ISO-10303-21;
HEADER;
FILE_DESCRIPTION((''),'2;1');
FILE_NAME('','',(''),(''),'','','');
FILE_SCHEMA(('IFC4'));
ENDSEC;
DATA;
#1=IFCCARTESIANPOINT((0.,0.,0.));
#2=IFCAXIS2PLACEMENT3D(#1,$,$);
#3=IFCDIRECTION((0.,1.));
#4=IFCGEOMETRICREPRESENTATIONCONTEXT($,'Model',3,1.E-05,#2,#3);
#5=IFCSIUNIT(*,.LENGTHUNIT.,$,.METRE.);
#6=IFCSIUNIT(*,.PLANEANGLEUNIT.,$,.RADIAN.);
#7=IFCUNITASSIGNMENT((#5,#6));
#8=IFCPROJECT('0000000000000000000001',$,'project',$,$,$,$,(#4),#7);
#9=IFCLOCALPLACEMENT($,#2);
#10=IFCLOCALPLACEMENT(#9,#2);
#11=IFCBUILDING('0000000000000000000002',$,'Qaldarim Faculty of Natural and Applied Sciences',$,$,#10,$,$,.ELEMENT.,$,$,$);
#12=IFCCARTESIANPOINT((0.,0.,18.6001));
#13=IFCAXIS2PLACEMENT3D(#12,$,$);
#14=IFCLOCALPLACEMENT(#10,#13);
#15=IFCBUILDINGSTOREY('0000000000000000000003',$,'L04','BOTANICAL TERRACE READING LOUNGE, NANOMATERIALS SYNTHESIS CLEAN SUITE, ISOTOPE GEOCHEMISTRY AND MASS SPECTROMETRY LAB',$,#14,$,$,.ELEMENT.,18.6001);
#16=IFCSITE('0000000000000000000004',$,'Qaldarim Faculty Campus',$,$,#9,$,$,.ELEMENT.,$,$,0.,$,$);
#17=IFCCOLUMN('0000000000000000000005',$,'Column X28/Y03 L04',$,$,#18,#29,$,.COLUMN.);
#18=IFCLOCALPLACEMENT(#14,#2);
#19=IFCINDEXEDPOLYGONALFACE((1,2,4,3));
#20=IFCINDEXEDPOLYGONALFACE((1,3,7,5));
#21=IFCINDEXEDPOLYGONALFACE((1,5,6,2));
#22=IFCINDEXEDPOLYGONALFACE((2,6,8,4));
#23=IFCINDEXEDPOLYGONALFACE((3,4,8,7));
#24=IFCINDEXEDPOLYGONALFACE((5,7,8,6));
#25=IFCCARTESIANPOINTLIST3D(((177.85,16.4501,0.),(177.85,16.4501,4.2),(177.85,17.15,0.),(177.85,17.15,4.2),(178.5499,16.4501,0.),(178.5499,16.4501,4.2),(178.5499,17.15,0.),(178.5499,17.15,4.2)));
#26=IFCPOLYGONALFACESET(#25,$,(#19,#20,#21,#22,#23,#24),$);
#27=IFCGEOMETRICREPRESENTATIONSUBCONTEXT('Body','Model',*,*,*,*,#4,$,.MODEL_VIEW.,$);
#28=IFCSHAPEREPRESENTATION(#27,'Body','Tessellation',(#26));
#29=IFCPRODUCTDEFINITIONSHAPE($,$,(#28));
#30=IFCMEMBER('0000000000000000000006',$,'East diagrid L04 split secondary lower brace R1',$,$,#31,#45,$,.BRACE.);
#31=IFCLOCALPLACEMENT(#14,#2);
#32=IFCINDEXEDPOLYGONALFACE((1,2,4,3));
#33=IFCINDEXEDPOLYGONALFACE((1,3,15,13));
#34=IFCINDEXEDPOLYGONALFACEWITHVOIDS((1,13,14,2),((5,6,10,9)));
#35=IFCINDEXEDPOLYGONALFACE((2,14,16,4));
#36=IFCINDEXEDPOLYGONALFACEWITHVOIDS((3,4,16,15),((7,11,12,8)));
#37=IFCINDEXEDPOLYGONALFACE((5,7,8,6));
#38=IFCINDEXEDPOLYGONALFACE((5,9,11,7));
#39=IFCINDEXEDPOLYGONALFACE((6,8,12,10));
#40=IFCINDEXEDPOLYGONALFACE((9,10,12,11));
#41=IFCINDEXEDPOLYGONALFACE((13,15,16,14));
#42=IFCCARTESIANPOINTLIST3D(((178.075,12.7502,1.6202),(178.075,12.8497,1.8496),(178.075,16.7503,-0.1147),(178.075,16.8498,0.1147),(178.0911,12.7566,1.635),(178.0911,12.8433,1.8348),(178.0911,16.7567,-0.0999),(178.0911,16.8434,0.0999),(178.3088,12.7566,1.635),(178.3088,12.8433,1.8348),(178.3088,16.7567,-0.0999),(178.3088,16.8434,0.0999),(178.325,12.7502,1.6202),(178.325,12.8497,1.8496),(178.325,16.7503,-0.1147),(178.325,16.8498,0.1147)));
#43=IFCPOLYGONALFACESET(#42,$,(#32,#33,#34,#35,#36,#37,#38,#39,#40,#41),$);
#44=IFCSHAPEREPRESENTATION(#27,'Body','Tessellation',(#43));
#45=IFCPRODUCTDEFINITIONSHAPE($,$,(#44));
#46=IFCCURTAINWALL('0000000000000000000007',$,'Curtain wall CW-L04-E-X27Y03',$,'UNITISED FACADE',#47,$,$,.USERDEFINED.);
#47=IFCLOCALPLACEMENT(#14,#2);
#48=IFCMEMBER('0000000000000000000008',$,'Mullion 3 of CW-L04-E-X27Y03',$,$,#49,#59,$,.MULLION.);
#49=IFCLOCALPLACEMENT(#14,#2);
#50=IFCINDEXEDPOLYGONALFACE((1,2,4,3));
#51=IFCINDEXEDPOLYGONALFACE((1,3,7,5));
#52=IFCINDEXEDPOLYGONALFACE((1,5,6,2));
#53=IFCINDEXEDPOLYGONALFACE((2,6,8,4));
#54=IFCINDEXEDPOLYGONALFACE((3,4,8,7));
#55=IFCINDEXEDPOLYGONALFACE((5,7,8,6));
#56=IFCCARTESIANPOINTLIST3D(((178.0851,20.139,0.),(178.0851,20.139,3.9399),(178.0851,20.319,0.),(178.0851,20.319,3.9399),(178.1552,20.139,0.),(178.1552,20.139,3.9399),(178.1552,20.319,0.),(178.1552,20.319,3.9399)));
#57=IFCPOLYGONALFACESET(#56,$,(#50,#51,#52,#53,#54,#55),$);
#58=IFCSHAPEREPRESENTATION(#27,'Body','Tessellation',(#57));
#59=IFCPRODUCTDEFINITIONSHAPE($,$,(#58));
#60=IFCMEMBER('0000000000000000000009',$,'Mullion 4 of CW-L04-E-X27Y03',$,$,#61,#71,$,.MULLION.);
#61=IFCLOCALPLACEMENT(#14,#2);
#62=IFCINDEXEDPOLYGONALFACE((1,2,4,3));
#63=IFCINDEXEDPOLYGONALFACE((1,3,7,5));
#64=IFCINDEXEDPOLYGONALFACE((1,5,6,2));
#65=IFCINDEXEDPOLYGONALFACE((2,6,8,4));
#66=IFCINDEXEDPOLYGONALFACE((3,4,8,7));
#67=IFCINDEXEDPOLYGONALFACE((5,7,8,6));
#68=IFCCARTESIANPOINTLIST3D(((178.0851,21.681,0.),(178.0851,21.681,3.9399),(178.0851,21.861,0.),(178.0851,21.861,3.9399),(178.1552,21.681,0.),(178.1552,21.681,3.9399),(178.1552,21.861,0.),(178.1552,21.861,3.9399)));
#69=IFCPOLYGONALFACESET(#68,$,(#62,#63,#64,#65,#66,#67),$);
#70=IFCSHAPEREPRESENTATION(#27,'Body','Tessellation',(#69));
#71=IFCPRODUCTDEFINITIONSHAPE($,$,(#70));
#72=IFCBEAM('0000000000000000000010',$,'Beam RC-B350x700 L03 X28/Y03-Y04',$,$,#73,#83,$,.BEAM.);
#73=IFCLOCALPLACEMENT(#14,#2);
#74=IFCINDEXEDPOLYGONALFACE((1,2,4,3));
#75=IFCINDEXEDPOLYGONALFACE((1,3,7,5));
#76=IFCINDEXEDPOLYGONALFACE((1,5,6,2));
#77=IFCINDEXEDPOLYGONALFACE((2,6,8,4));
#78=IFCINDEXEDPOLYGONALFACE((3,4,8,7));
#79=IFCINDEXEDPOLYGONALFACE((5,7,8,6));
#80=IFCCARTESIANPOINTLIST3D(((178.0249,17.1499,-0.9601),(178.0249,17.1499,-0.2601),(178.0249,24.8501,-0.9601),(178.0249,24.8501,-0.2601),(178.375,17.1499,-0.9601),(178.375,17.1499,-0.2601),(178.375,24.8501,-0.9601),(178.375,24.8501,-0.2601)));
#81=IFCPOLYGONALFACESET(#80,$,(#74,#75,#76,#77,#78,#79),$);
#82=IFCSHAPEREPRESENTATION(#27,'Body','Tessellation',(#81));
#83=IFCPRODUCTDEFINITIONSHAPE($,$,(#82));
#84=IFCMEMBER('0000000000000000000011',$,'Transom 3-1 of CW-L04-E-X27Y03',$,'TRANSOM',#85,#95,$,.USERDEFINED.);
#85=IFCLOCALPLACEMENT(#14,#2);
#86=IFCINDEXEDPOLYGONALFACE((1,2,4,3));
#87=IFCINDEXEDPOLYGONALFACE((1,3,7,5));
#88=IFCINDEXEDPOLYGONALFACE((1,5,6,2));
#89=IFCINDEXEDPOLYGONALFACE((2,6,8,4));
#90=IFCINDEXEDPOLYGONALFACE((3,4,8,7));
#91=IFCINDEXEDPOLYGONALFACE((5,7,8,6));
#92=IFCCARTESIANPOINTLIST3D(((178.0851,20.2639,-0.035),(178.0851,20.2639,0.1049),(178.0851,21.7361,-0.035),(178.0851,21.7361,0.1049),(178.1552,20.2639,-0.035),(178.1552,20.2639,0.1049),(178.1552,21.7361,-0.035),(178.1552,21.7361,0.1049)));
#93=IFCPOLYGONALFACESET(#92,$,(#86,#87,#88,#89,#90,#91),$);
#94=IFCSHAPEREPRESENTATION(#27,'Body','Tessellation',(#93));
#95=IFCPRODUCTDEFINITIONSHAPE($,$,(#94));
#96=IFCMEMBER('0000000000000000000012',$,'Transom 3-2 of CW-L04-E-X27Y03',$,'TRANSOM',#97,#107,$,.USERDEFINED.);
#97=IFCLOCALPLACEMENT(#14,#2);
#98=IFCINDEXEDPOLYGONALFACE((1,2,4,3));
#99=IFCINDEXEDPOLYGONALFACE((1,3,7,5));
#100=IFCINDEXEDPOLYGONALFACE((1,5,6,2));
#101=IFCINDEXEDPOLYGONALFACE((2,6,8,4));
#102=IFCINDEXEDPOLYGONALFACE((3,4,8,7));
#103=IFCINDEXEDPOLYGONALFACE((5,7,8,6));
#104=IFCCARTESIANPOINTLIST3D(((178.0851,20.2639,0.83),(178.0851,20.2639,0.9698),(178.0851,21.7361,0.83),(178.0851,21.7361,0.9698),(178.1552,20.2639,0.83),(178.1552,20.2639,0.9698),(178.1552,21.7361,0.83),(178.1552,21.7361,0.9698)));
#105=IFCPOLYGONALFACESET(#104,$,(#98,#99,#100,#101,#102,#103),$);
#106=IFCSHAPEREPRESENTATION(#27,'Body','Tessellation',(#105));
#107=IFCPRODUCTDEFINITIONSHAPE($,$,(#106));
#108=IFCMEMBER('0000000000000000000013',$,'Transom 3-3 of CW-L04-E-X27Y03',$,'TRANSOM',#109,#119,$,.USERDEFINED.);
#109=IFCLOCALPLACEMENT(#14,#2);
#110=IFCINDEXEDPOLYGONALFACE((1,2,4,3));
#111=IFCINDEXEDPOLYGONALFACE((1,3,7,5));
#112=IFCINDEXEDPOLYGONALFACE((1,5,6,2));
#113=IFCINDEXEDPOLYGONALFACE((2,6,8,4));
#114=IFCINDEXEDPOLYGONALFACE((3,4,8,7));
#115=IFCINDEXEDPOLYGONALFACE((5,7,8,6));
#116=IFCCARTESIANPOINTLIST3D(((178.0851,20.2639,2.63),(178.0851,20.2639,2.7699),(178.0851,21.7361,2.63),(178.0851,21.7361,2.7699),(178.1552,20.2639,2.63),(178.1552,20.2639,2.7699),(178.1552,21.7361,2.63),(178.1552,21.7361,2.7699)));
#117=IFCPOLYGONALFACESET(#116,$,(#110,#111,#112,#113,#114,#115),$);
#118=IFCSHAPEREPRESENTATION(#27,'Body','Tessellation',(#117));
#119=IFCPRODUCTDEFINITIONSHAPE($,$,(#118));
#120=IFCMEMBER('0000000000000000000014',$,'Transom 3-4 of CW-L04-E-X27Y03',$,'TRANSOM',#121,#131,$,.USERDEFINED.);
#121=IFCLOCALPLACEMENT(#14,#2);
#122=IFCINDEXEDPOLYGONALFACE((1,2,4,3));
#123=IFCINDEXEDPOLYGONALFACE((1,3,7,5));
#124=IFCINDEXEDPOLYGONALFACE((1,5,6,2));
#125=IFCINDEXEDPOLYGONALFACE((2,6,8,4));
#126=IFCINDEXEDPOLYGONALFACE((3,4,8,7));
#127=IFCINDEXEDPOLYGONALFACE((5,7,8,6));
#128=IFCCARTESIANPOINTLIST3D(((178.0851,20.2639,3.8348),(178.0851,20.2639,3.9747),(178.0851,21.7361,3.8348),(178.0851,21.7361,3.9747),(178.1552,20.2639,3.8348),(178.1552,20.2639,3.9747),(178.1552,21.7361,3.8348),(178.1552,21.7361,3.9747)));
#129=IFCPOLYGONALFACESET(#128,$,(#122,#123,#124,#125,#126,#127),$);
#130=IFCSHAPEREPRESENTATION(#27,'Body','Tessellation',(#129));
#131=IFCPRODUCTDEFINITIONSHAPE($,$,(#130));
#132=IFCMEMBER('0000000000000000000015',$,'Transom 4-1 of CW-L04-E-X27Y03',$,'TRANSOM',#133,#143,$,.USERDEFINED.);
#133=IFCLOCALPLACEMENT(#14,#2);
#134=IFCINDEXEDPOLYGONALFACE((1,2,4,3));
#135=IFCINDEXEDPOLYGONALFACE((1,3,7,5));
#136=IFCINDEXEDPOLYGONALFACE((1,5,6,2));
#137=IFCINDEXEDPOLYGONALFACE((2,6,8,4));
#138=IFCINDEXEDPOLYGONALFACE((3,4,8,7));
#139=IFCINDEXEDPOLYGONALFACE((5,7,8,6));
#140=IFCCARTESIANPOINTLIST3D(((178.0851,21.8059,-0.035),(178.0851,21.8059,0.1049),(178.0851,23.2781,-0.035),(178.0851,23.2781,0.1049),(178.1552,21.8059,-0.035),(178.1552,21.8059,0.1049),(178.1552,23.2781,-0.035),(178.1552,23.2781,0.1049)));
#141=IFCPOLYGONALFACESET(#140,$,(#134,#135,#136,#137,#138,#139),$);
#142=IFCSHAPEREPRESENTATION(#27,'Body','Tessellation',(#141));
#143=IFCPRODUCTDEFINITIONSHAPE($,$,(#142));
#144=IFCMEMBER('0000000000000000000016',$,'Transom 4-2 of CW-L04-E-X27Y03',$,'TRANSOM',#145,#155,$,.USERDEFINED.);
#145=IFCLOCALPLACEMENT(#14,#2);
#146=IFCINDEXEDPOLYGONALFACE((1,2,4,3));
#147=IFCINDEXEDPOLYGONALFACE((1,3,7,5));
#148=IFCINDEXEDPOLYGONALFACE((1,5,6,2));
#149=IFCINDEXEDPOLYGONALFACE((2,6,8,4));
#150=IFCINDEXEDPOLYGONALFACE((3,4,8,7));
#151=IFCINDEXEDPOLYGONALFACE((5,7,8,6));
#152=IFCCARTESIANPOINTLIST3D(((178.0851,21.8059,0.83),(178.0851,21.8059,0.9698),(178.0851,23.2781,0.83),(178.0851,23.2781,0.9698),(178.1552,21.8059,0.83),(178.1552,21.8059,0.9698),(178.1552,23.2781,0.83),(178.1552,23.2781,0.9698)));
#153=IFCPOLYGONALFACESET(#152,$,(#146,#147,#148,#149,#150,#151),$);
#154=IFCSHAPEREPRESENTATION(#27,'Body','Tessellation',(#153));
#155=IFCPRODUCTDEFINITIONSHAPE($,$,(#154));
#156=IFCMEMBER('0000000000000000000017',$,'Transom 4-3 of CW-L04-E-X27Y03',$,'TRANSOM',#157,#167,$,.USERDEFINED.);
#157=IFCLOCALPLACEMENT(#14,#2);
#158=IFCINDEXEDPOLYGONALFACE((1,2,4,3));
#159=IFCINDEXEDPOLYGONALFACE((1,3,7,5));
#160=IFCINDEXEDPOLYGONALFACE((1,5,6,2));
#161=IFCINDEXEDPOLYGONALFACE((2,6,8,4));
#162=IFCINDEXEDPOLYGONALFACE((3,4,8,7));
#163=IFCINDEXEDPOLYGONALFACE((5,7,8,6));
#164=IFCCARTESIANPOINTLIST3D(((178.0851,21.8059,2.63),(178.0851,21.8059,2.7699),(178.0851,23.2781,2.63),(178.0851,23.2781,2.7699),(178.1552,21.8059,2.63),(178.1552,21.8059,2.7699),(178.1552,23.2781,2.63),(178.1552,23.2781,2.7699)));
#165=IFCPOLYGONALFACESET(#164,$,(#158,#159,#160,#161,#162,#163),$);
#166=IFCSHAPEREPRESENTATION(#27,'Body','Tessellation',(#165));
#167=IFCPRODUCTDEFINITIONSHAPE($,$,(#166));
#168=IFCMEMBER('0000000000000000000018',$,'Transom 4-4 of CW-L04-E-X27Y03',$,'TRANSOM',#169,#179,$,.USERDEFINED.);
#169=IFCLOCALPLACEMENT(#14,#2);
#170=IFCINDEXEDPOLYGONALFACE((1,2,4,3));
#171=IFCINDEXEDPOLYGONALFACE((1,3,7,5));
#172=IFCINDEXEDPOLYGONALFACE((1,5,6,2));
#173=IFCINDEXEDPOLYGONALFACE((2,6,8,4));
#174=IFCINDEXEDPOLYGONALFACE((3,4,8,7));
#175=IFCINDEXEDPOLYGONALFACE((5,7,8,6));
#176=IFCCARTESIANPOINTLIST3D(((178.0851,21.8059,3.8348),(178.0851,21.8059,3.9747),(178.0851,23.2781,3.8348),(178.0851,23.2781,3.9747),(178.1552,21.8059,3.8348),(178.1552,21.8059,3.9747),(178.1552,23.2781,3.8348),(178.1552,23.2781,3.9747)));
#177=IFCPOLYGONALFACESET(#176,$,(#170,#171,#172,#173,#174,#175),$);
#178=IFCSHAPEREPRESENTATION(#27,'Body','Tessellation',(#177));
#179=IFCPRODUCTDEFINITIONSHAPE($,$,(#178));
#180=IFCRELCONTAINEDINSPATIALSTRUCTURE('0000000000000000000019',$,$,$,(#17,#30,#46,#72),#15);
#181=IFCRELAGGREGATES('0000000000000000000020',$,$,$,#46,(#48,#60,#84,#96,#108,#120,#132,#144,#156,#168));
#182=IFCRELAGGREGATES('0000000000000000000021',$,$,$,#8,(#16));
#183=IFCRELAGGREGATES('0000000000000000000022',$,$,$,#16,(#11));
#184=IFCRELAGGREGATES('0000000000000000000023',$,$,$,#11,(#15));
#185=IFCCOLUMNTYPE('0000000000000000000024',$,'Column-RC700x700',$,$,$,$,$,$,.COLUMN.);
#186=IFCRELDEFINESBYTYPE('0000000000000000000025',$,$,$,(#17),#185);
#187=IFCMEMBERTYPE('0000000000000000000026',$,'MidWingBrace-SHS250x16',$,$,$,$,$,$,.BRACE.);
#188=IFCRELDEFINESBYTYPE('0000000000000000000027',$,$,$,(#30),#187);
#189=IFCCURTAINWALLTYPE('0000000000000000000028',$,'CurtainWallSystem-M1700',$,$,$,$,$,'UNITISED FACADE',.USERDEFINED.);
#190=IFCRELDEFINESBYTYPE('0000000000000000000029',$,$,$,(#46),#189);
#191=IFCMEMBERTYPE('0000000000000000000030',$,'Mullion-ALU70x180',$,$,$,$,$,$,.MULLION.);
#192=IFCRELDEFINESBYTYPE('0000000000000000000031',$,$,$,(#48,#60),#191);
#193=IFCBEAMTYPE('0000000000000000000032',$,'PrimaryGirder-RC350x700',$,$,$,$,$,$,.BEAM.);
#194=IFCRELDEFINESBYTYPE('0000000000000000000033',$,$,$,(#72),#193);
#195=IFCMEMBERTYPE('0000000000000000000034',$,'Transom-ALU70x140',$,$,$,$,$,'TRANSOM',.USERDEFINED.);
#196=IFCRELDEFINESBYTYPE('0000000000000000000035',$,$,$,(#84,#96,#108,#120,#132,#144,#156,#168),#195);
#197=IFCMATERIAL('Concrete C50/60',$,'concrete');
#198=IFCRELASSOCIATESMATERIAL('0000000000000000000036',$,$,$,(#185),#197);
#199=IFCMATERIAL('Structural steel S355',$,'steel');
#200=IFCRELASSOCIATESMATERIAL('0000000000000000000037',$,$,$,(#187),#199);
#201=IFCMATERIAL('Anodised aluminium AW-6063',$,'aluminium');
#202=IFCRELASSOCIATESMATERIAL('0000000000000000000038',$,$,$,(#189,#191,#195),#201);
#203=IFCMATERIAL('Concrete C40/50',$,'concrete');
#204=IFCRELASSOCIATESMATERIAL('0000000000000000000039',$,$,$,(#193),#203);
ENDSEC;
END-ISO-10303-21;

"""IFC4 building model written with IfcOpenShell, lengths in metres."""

from ifc_helpers import new_model, si_unit, direction, frame, origin, origin_2d, place, context, subcontext, project, spatial, rectangle, hollow_rectangle, extrude, material, material_profile, profile_set, type_object, element, aggregate, save


model = new_model("IFC4")

# Units and contexts
model_context = context("Model", 3, precision=1e-05, world=origin(), true_north=direction((0.0, 1.0)))
body_context = subcontext(model_context, "Body", "Model", "MODEL_VIEW")
ifc_project = project(units=[si_unit("LENGTHUNIT", "METRE"), si_unit("PLANEANGLEUNIT", "RADIAN")], contexts=[model_context])

# Site, building, storey
site_placement = place(None, origin())
site = spatial("IfcSite", under=ifc_project, at=site_placement, Name="Qaldarim Faculty Campus", CompositionType="ELEMENT", RefElevation=0.0)
building_placement = place(site_placement, origin())
building = spatial("IfcBuilding", under=site, at=building_placement, Name="Qaldarim Faculty of Natural and Applied Sciences", CompositionType="ELEMENT")
storey_placement = place(building_placement, frame((0.0, 0.0, 18.6001)))
storey = spatial("IfcBuildingStorey", under=building, at=storey_placement, Name="L04", Description="BOTANICAL TERRACE READING LOUNGE, NANOMATERIALS SYNTHESIS CLEAN SUITE, ISOTOPE GEOCHEMISTRY AND MASS SPECTROMETRY LAB", CompositionType="ELEMENT", Elevation=18.6001)

# Column
ifc_material_1 = material(Name="Concrete C50/60", Category="concrete")
ifc_material_profile_1 = material_profile(ifc_material_1, rectangle(XDim=0.7, YDim=0.7, at=origin_2d()), Name="RC-C700x700")
ifc_profile_set_1 = profile_set([ifc_material_profile_1], Name="Concrete C50/60")
column_type = type_object("IfcColumnType", Name="Column-RC700x700", PredefinedType="COLUMN", material=ifc_profile_set_1)
column_placement = place(storey_placement, frame((178.2, 16.8, 0.0), z_axis=(0.0, 0.0, 1.0), x_axis=(1.0, 0.0, 0.0)))
element("IfcColumn", 1, at=column_placement, inside=storey, type_object=column_type, Name="Column X28/Y03 L04", PredefinedType="COLUMN", context=body_context, shape_type="SweptSolid", body=[
    extrude(rectangle(XDim=0.7, YDim=0.7, at=origin_2d()), origin(), (0.0, 0.0, 1.0), 4.2),
])

# Member
ifc_material_2 = material(Name="Structural steel S355", Category="steel")
ifc_material_profile_2 = material_profile(ifc_material_2, hollow_rectangle(XDim=0.25, YDim=0.25, WallThickness=0.0161, at=origin_2d()), Name="SHS 250x250x16.0")
ifc_profile_set_2 = profile_set([ifc_material_profile_2], Name="Structural steel S355")
member_type_1 = type_object("IfcMemberType", Name="MidWingBrace-SHS250x16", PredefinedType="BRACE", material=ifc_profile_set_2)
member_1_placement = place(storey_placement, frame((178.2, 16.8, 0.0), z_axis=(0.0, -0.917428, 0.397903), x_axis=(1.0, 0.0, 0.0)))
element("IfcMember", 2, at=member_1_placement, inside=storey, type_object=member_type_1, Name="East diagrid L04 split secondary lower brace R1", PredefinedType="BRACE", context=body_context, shape_type="SweptSolid", body=[
    extrude(hollow_rectangle(XDim=0.25, YDim=0.25, WallThickness=0.0161, at=origin_2d()), origin(), (0.0, 0.0, 1.0), 4.3601),
])

# Curtain wall, members
ifc_material_3 = material(Name="Anodised aluminium AW-6063", Category="aluminium")
curtain_wall_type = type_object("IfcCurtainWallType", Name="CurtainWallSystem-M1700", ElementType="UNITISED FACADE", PredefinedType="USERDEFINED", material=ifc_material_3)
curtain_wall_placement = place(storey_placement, origin())
curtain_wall = element("IfcCurtainWall", 3, at=curtain_wall_placement, inside=storey, type_object=curtain_wall_type, Name="Curtain wall CW-L04-E-X27Y03", ObjectType="UNITISED FACADE", PredefinedType="USERDEFINED")
ifc_material_profile_3 = material_profile(ifc_material_3, rectangle(XDim=0.0701, YDim=0.1799, at=origin_2d()), Name="ALU-M70x180")
ifc_profile_set_3 = profile_set([ifc_material_profile_3], Name="Anodised aluminium AW-6063")
member_type_2 = type_object("IfcMemberType", Name="Mullion-ALU70x180", PredefinedType="MULLION", material=ifc_profile_set_3)
member_2_placement = place(storey_placement, frame((178.1201, 20.229, 0.0), z_axis=(0.0, 0.0, 1.0), x_axis=(-1.0, 0.0, 0.0)))
member_2 = element("IfcMember", 4, at=member_2_placement, type_object=member_type_2, Name="Mullion 3 of CW-L04-E-X27Y03", PredefinedType="MULLION", context=body_context, shape_type="SweptSolid", body=[
    extrude(rectangle(XDim=0.0701, YDim=0.1799, at=origin_2d()), origin(), (0.0, 0.0, 1.0), 3.9399),
])
member_3_placement = place(storey_placement, frame((178.1201, 21.771, 0.0), z_axis=(0.0, 0.0, 1.0), x_axis=(-1.0, 0.0, 0.0)))
member_3 = element("IfcMember", 5, at=member_3_placement, type_object=member_type_2, Name="Mullion 4 of CW-L04-E-X27Y03", PredefinedType="MULLION", context=body_context, shape_type="SweptSolid", body=[
    extrude(rectangle(XDim=0.0701, YDim=0.1799, at=origin_2d()), origin(), (0.0, 0.0, 1.0), 3.9399),
])

# Beam
ifc_material_4 = material(Name="Concrete C40/50", Category="concrete")
ifc_material_profile_4 = material_profile(ifc_material_4, rectangle(XDim=0.3501, YDim=0.7, at=origin_2d()), Name="RC-B350x700")
ifc_profile_set_4 = profile_set([ifc_material_profile_4], Name="Concrete C40/50")
beam_type = type_object("IfcBeamType", Name="PrimaryGirder-RC350x700", PredefinedType="BEAM", material=ifc_profile_set_4)
beam_placement = place(storey_placement, frame((178.2, 17.1499, -0.6101), z_axis=(0.0, 1.0, 0.0), x_axis=(-1.0, 0.0, 0.0)))
element("IfcBeam", 6, at=beam_placement, inside=storey, type_object=beam_type, Name="Beam RC-B350x700 L03 X28/Y03-Y04", PredefinedType="BEAM", context=body_context, shape_type="SweptSolid", body=[
    extrude(rectangle(XDim=0.3501, YDim=0.7, at=origin_2d()), origin(), (0.0, 0.0, 1.0), 7.7002),
])

# Members
ifc_material_profile_5 = material_profile(ifc_material_3, rectangle(XDim=0.0701, YDim=0.1399, at=origin_2d()), Name="ALU-T70x140")
ifc_profile_set_5 = profile_set([ifc_material_profile_5], Name="Anodised aluminium AW-6063")
member_type_3 = type_object("IfcMemberType", Name="Transom-ALU70x140", ElementType="TRANSOM", PredefinedType="USERDEFINED", material=ifc_profile_set_5)
member_4_placement = place(storey_placement, frame((178.1201, 20.2639, 0.0349), z_axis=(0.0, 1.0, 0.0), x_axis=(-1.0, 0.0, 0.0)))
member_4 = element("IfcMember", 7, at=member_4_placement, type_object=member_type_3, Name="Transom 3-1 of CW-L04-E-X27Y03", ObjectType="TRANSOM", PredefinedType="USERDEFINED", context=body_context, shape_type="SweptSolid", body=[
    extrude(rectangle(XDim=0.0701, YDim=0.1399, at=origin_2d()), origin(), (0.0, 0.0, 1.0), 1.4722),
])
member_5_placement = place(storey_placement, frame((178.1201, 20.2639, 0.8999), z_axis=(0.0, 1.0, 0.0), x_axis=(-1.0, 0.0, 0.0)))
member_5 = element("IfcMember", 8, at=member_5_placement, type_object=member_type_3, Name="Transom 3-2 of CW-L04-E-X27Y03", ObjectType="TRANSOM", PredefinedType="USERDEFINED", context=body_context, shape_type="SweptSolid", body=[
    extrude(rectangle(XDim=0.0701, YDim=0.1399, at=origin_2d()), origin(), (0.0, 0.0, 1.0), 1.4722),
])
member_6_placement = place(storey_placement, frame((178.1201, 20.2639, 2.7), z_axis=(0.0, 1.0, 0.0), x_axis=(-1.0, 0.0, 0.0)))
member_6 = element("IfcMember", 9, at=member_6_placement, type_object=member_type_3, Name="Transom 3-3 of CW-L04-E-X27Y03", ObjectType="TRANSOM", PredefinedType="USERDEFINED", context=body_context, shape_type="SweptSolid", body=[
    extrude(rectangle(XDim=0.0701, YDim=0.1399, at=origin_2d()), origin(), (0.0, 0.0, 1.0), 1.4722),
])
member_7_placement = place(storey_placement, frame((178.1201, 20.2639, 3.9048), z_axis=(0.0, 1.0, 0.0), x_axis=(-1.0, 0.0, 0.0)))
member_7 = element("IfcMember", 10, at=member_7_placement, type_object=member_type_3, Name="Transom 3-4 of CW-L04-E-X27Y03", ObjectType="TRANSOM", PredefinedType="USERDEFINED", context=body_context, shape_type="SweptSolid", body=[
    extrude(rectangle(XDim=0.0701, YDim=0.1399, at=origin_2d()), origin(), (0.0, 0.0, 1.0), 1.4722),
])
member_8_placement = place(storey_placement, frame((178.1201, 21.8059, 0.0349), z_axis=(0.0, 1.0, 0.0), x_axis=(-1.0, 0.0, 0.0)))
member_8 = element("IfcMember", 11, at=member_8_placement, type_object=member_type_3, Name="Transom 4-1 of CW-L04-E-X27Y03", ObjectType="TRANSOM", PredefinedType="USERDEFINED", context=body_context, shape_type="SweptSolid", body=[
    extrude(rectangle(XDim=0.0701, YDim=0.1399, at=origin_2d()), origin(), (0.0, 0.0, 1.0), 1.4722),
])
member_9_placement = place(storey_placement, frame((178.1201, 21.8059, 0.8999), z_axis=(0.0, 1.0, 0.0), x_axis=(-1.0, 0.0, 0.0)))
member_9 = element("IfcMember", 12, at=member_9_placement, type_object=member_type_3, Name="Transom 4-2 of CW-L04-E-X27Y03", ObjectType="TRANSOM", PredefinedType="USERDEFINED", context=body_context, shape_type="SweptSolid", body=[
    extrude(rectangle(XDim=0.0701, YDim=0.1399, at=origin_2d()), origin(), (0.0, 0.0, 1.0), 1.4722),
])
member_10_placement = place(storey_placement, frame((178.1201, 21.8059, 2.7), z_axis=(0.0, 1.0, 0.0), x_axis=(-1.0, 0.0, 0.0)))
member_10 = element("IfcMember", 13, at=member_10_placement, type_object=member_type_3, Name="Transom 4-3 of CW-L04-E-X27Y03", ObjectType="TRANSOM", PredefinedType="USERDEFINED", context=body_context, shape_type="SweptSolid", body=[
    extrude(rectangle(XDim=0.0701, YDim=0.1399, at=origin_2d()), origin(), (0.0, 0.0, 1.0), 1.4722),
])
member_11_placement = place(storey_placement, frame((178.1201, 21.8059, 3.9048), z_axis=(0.0, 1.0, 0.0), x_axis=(-1.0, 0.0, 0.0)))
member_11 = element("IfcMember", 14, at=member_11_placement, type_object=member_type_3, Name="Transom 4-4 of CW-L04-E-X27Y03", ObjectType="TRANSOM", PredefinedType="USERDEFINED", context=body_context, shape_type="SweptSolid", body=[
    extrude(rectangle(XDim=0.0701, YDim=0.1399, at=origin_2d()), origin(), (0.0, 0.0, 1.0), 1.4722),
])

aggregate(curtain_wall, [member_2, member_3, member_4, member_5, member_6, member_7, member_8, member_9, member_10, member_11])

save(model, "model.ifc")
